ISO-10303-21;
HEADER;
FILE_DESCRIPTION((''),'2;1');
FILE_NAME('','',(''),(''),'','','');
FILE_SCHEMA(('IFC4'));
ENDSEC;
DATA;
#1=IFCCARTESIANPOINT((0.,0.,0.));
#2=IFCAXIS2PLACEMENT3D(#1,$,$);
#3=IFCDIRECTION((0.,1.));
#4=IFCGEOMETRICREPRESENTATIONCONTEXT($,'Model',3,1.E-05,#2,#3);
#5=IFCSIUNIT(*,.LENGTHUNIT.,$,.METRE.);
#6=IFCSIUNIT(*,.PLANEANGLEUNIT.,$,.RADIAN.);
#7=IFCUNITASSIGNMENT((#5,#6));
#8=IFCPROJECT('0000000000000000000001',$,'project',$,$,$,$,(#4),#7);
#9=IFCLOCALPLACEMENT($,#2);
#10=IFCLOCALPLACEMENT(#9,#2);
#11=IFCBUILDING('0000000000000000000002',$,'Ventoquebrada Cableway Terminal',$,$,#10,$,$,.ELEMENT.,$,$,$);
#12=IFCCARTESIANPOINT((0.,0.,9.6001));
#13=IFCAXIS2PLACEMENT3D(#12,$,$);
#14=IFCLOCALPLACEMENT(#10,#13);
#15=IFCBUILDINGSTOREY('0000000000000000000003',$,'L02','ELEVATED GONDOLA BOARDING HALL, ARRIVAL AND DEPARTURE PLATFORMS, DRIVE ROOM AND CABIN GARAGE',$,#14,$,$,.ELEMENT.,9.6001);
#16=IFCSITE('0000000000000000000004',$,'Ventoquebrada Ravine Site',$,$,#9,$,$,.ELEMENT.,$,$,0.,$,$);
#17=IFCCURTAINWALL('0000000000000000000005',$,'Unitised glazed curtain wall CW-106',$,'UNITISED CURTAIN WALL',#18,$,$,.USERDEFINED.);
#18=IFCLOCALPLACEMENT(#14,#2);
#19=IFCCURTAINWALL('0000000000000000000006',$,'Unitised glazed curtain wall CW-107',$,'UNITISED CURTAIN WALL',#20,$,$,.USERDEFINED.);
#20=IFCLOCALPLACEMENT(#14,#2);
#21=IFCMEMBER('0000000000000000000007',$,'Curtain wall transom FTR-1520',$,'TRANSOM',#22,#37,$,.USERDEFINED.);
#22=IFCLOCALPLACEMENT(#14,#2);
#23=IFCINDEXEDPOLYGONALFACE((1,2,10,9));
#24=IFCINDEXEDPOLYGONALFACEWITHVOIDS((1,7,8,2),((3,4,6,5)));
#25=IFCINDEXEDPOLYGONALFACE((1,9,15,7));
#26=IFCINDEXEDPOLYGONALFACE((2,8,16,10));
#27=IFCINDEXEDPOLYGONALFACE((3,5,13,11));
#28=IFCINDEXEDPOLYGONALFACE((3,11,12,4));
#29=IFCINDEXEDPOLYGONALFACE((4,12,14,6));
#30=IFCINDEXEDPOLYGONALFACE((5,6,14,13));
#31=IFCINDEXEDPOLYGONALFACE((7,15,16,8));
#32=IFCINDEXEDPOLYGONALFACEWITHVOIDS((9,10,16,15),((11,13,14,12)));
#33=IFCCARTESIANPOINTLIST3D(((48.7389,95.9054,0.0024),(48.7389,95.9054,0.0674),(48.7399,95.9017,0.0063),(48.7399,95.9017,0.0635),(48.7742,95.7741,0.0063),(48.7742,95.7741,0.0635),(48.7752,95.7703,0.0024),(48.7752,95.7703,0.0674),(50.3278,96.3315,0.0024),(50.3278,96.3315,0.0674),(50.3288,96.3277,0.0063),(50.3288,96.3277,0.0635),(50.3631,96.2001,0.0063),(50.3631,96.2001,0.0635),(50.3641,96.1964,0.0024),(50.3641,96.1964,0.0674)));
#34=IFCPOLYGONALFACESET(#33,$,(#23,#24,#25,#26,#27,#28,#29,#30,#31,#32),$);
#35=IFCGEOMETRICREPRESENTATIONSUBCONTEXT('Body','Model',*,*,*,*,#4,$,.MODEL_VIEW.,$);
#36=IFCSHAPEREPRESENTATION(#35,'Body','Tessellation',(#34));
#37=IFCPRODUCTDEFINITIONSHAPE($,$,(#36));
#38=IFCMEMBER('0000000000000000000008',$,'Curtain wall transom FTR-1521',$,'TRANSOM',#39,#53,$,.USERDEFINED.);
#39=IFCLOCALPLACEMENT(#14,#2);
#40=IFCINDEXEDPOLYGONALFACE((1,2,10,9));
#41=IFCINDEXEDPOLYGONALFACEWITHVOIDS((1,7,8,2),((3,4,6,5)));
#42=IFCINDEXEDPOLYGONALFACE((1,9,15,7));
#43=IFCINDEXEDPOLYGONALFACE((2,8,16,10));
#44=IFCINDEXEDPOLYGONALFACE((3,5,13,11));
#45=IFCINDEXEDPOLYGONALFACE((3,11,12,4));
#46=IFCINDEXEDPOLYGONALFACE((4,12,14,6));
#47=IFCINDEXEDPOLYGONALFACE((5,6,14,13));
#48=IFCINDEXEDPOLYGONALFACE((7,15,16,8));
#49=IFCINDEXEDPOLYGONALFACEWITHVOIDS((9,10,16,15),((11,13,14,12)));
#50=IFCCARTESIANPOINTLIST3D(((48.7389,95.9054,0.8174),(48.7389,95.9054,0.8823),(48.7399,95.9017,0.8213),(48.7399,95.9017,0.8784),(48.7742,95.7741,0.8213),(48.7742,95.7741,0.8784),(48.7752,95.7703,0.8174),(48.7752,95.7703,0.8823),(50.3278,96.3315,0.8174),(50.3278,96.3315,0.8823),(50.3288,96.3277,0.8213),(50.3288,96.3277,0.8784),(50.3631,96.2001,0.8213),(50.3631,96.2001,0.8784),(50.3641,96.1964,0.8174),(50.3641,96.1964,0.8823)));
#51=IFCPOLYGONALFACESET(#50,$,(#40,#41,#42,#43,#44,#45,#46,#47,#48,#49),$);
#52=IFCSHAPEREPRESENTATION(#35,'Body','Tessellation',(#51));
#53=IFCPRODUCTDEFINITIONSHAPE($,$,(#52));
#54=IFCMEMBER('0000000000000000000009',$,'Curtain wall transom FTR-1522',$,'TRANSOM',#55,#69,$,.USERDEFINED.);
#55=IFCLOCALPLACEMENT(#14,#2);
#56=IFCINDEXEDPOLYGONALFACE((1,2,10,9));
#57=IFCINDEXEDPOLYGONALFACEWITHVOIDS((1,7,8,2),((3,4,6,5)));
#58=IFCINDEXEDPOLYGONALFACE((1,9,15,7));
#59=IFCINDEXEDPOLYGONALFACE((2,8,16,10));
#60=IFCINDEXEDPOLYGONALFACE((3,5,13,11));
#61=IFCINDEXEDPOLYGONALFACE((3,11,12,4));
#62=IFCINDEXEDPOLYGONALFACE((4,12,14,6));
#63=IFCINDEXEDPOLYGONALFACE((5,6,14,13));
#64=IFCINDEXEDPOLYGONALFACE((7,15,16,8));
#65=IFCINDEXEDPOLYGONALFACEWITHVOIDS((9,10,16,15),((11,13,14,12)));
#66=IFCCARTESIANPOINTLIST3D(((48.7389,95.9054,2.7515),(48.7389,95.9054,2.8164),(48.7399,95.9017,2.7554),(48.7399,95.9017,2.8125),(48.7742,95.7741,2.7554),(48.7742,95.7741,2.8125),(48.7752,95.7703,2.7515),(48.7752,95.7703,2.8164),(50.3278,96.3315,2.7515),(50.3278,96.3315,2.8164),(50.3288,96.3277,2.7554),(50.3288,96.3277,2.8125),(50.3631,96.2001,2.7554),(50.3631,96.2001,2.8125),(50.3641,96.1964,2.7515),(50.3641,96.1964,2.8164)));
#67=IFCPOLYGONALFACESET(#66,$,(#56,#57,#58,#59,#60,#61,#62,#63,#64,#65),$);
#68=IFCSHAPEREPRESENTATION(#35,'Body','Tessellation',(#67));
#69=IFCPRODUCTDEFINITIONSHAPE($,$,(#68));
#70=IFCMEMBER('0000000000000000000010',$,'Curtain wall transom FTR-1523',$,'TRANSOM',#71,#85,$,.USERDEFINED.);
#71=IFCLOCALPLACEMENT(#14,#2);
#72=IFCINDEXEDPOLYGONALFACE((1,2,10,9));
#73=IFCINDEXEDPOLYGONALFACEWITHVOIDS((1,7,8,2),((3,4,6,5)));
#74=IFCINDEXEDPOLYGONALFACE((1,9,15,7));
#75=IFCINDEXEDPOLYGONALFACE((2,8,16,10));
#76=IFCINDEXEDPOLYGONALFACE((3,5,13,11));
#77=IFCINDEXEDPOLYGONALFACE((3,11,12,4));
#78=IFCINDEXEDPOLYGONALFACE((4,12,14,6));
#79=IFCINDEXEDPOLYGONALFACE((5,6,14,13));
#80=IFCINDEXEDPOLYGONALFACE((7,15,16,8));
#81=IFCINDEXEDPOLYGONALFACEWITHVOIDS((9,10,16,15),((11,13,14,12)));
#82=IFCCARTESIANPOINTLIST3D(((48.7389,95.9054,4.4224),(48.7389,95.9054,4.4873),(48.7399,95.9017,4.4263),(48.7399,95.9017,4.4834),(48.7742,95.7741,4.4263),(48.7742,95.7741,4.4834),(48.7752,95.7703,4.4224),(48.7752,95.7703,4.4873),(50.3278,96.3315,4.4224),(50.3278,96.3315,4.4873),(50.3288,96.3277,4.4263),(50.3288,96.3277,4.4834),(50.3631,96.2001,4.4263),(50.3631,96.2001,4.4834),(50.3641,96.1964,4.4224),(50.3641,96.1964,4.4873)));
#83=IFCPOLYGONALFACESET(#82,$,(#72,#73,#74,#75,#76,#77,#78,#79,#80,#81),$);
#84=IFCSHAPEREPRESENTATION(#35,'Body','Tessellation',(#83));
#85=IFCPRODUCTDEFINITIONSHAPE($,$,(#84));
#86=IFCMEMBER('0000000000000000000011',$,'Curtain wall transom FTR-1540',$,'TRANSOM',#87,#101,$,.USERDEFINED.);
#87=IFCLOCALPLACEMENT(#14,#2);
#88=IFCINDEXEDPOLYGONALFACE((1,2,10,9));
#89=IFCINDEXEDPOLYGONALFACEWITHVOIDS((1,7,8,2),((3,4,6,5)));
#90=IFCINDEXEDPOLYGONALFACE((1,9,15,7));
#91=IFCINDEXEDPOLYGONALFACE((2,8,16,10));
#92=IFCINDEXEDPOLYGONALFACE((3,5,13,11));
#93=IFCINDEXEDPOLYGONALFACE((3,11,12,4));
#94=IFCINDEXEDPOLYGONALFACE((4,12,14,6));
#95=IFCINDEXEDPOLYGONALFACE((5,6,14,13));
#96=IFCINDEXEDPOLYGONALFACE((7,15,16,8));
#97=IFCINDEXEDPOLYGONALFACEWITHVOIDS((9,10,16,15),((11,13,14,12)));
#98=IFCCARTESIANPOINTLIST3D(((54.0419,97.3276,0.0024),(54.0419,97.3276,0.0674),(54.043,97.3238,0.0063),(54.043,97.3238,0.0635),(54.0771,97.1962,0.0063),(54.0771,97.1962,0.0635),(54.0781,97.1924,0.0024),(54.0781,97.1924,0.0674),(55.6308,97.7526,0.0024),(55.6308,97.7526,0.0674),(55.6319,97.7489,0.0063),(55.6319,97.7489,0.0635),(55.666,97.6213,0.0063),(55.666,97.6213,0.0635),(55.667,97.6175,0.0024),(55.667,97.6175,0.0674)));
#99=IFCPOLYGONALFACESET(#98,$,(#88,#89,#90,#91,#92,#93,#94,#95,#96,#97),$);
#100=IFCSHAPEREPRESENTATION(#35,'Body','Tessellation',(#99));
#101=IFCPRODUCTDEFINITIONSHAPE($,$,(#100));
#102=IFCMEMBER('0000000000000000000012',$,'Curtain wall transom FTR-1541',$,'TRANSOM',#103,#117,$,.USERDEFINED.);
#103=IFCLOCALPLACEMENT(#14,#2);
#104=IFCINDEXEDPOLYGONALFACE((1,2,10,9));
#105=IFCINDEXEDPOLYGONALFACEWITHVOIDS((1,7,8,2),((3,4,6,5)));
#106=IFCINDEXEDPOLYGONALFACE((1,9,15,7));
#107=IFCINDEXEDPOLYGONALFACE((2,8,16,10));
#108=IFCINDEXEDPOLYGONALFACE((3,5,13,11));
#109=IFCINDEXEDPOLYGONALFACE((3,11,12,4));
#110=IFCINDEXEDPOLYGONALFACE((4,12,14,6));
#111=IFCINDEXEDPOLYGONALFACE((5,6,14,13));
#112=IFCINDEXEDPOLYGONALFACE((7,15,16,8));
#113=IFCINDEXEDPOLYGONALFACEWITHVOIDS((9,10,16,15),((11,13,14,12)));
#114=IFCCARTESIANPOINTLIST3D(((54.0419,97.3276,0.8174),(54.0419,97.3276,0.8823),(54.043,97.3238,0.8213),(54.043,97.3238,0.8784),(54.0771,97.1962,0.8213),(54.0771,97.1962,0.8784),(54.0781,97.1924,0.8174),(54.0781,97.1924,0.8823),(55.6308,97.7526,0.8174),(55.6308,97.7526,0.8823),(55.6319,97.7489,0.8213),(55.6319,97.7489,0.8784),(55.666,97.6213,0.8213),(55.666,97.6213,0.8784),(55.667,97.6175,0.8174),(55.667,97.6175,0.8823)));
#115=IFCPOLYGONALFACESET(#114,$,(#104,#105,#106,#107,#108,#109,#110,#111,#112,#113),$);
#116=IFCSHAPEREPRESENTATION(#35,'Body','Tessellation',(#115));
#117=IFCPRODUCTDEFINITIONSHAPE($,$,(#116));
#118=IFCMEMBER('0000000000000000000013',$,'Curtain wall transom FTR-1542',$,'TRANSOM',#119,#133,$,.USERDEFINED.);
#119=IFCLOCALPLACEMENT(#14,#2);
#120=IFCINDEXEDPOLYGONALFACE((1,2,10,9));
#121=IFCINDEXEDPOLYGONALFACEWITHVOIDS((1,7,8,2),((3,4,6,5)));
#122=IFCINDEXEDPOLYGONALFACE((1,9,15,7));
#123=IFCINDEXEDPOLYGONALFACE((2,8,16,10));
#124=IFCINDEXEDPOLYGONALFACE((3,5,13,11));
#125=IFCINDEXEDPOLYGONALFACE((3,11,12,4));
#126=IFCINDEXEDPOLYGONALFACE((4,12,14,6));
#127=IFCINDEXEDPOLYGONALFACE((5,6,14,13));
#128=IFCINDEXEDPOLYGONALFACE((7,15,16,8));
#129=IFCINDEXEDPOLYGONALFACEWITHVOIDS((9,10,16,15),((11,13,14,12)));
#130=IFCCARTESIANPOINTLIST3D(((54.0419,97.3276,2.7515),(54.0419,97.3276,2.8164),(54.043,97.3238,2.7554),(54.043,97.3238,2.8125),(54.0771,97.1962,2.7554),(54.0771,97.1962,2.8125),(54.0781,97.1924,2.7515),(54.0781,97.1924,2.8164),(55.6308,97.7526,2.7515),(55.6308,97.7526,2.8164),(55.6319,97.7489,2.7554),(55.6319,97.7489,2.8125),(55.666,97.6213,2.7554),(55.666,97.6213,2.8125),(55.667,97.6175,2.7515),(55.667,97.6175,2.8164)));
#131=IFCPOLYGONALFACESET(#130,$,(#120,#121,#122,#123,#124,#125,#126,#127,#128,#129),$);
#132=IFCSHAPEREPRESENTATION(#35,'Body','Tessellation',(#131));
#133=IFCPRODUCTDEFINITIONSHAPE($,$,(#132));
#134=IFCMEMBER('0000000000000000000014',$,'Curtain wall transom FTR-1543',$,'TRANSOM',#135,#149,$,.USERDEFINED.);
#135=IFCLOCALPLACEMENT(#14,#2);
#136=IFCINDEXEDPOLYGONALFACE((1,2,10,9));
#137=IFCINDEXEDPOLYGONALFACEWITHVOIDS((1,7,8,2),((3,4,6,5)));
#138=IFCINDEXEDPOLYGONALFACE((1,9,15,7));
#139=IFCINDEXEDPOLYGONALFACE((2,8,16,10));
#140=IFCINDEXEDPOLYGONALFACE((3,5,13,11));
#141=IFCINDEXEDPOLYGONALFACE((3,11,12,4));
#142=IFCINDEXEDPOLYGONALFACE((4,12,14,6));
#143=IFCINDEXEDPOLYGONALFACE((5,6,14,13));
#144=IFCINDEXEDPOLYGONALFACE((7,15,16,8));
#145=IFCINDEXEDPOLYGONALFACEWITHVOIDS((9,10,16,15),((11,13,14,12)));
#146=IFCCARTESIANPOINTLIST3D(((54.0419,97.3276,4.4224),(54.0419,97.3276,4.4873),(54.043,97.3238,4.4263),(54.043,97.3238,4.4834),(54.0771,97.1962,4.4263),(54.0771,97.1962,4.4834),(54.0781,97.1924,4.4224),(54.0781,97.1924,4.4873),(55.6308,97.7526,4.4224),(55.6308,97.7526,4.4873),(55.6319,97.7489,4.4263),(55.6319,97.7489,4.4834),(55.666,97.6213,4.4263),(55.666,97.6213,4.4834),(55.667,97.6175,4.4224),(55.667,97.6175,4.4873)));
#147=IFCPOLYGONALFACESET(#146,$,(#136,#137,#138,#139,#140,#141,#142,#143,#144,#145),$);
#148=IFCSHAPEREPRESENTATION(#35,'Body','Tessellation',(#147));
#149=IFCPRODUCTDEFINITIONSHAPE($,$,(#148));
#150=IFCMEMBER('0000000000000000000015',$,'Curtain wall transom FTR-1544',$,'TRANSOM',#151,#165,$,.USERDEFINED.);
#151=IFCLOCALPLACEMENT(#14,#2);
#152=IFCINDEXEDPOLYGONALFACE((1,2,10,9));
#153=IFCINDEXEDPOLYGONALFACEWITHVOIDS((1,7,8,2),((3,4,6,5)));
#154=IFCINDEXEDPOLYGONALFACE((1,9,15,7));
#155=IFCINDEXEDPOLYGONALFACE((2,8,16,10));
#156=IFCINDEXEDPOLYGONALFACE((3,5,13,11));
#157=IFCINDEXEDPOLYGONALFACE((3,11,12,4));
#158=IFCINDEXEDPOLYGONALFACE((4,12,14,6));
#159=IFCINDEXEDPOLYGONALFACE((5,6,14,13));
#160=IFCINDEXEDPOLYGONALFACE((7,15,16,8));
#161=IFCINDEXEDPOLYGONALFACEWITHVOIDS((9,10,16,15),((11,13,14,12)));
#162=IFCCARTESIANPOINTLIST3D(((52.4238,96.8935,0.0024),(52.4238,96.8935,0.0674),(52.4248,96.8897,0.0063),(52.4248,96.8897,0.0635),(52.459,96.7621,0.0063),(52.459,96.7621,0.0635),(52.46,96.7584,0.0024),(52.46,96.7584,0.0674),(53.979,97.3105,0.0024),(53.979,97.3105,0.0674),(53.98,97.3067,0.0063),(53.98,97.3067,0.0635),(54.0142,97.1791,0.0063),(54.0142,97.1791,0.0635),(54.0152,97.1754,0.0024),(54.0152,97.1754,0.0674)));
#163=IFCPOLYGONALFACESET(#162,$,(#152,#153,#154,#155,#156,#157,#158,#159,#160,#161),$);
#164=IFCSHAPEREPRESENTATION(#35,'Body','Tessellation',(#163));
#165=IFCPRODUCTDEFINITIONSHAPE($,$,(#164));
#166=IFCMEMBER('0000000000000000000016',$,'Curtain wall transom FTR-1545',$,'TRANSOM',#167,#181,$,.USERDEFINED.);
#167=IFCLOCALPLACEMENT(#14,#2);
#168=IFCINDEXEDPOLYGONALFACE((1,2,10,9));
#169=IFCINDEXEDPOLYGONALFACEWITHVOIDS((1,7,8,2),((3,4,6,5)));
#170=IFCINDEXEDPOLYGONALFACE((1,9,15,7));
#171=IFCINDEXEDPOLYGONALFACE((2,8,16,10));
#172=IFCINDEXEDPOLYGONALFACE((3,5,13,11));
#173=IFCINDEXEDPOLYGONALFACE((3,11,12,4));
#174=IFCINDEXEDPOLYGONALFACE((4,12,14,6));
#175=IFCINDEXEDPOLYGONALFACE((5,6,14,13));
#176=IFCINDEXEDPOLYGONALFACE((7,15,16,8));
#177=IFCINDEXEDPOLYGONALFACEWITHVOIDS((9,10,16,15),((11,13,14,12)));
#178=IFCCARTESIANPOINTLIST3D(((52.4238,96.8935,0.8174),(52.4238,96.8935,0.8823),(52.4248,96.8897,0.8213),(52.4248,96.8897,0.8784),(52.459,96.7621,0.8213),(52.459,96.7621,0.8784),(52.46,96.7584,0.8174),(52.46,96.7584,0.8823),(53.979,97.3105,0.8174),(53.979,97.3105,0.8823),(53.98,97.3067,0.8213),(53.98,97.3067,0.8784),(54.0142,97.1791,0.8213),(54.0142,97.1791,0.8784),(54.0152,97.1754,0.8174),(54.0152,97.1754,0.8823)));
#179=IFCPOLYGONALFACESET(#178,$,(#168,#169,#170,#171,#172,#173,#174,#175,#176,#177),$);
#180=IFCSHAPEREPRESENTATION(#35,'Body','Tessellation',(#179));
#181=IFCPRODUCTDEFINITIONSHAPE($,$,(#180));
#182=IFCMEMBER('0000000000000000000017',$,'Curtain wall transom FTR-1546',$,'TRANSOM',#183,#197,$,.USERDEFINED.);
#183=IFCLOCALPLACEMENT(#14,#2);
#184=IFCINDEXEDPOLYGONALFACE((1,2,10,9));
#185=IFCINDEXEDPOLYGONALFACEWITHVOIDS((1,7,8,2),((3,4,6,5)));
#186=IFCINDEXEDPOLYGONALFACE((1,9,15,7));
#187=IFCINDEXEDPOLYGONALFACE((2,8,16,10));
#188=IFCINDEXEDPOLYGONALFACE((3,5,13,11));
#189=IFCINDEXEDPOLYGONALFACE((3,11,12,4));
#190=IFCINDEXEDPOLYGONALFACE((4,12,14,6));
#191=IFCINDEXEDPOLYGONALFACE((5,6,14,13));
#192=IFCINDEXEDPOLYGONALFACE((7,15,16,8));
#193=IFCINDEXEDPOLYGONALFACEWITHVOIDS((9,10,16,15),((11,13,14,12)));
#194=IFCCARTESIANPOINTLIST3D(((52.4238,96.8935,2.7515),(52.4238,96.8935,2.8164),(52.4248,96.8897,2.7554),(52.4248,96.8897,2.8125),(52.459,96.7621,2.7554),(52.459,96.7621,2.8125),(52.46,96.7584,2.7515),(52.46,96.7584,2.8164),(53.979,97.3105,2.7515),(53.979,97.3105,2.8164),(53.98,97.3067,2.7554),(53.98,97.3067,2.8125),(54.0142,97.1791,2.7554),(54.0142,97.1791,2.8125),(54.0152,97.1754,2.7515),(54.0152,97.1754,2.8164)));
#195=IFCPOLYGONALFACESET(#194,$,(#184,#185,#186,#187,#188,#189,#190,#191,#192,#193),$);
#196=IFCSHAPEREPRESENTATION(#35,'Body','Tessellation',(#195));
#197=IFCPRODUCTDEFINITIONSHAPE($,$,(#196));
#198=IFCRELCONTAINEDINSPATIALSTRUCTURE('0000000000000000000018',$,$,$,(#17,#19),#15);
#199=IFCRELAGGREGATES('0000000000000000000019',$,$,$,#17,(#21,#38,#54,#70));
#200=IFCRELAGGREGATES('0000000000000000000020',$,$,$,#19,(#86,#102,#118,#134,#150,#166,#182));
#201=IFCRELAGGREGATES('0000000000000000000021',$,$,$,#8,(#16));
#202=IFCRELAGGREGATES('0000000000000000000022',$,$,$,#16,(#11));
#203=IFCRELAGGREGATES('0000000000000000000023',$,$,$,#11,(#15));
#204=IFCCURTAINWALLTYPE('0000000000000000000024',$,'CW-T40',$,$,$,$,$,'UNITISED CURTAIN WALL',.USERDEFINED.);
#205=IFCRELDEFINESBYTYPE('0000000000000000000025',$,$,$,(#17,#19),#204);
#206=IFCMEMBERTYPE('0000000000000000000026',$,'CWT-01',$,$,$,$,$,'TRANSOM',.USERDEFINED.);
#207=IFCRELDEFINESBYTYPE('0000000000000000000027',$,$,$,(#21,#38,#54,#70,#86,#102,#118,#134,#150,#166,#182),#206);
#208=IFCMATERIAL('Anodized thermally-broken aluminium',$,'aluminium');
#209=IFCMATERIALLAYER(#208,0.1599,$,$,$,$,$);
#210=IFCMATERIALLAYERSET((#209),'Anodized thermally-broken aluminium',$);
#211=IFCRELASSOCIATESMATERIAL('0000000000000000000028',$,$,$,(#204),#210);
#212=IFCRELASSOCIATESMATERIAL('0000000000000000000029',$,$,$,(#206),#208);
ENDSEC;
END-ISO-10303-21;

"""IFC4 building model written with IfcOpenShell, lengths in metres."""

from ifc_helpers import new_model, si_unit, direction, frame, origin, origin_2d, place, context, subcontext, project, spatial, hollow_rectangle, extrude, material, layer, layer_set, material_profile, profile_set, type_object, element, aggregate, save


model = new_model("IFC4")

# Units and contexts
model_context = context("Model", 3, precision=1e-05, world=origin(), true_north=direction((0.0, 1.0)))
body_context = subcontext(model_context, "Body", "Model", "MODEL_VIEW")
ifc_project = project(units=[si_unit("LENGTHUNIT", "METRE"), si_unit("PLANEANGLEUNIT", "RADIAN")], contexts=[model_context])

# Site, building, storey
site_placement = place(None, origin())
site = spatial("IfcSite", under=ifc_project, at=site_placement, Name="Ventoquebrada Ravine Site", CompositionType="ELEMENT", RefElevation=0.0)
building_placement = place(site_placement, origin())
building = spatial("IfcBuilding", under=site, at=building_placement, Name="Ventoquebrada Cableway Terminal", CompositionType="ELEMENT")
storey_placement = place(building_placement, frame((0.0, 0.0, 9.6001)))
storey = spatial("IfcBuildingStorey", under=building, at=storey_placement, Name="L02", Description="ELEVATED GONDOLA BOARDING HALL, ARRIVAL AND DEPARTURE PLATFORMS, DRIVE ROOM AND CABIN GARAGE", CompositionType="ELEMENT", Elevation=9.6001)

# Curtain walls
ifc_material_1 = material(Name="Anodized thermally-broken aluminium", Category="aluminium")
ifc_layer_1 = layer(ifc_material_1, 0.1599)
ifc_layer_set_1 = layer_set([ifc_layer_1], Name="Anodized thermally-broken aluminium")
curtain_wall_type = type_object("IfcCurtainWallType", Name="CW-T40", ElementType="UNITISED CURTAIN WALL", PredefinedType="USERDEFINED", material=ifc_layer_set_1)
curtain_wall_1_placement = place(storey_placement, origin())
curtain_wall_1 = element("IfcCurtainWall", 1, at=curtain_wall_1_placement, inside=storey, type_object=curtain_wall_type, Name="Unitised glazed curtain wall CW-106", ObjectType="UNITISED CURTAIN WALL", PredefinedType="USERDEFINED")
curtain_wall_2_placement = place(storey_placement, origin())
curtain_wall_2 = element("IfcCurtainWall", 2, at=curtain_wall_2_placement, inside=storey, type_object=curtain_wall_type, Name="Unitised glazed curtain wall CW-107", ObjectType="UNITISED CURTAIN WALL", PredefinedType="USERDEFINED")

# Members
ifc_material_profile_1 = material_profile(ifc_material_1, hollow_rectangle(XDim=0.0649, YDim=0.1399, WallThickness=0.0039, at=origin_2d()), Name="CW-TRN-65X140")
ifc_profile_set_1 = profile_set([ifc_material_profile_1], Name="Anodized thermally-broken aluminium")
member_type_1 = type_object("IfcMemberType", Name="CWT-01", ElementType="TRANSOM", PredefinedType="USERDEFINED", material=ifc_profile_set_1)
member_1_placement = place(storey_placement, frame((50.3459, 96.2639, 0.0349), z_axis=(-0.965882, -0.258983, 0.0), x_axis=(0.0, 0.0, 1.0)))
member_1 = element("IfcMember", 3, at=member_1_placement, type_object=member_type_1, Name="Curtain wall transom FTR-1520", ObjectType="TRANSOM", PredefinedType="USERDEFINED", context=body_context, shape_type="SweptSolid", body=[
    extrude(hollow_rectangle(XDim=0.0649, YDim=0.1399, WallThickness=0.0039, at=origin_2d()), origin(), (0.0, 0.0, 1.0), 1.645),
])
member_2_placement = place(storey_placement, frame((50.3459, 96.2639, 0.8499), z_axis=(-0.965882, -0.258983, 0.0), x_axis=(0.0, 0.0, 1.0)))
member_2 = element("IfcMember", 4, at=member_2_placement, type_object=member_type_1, Name="Curtain wall transom FTR-1521", ObjectType="TRANSOM", PredefinedType="USERDEFINED", context=body_context, shape_type="SweptSolid", body=[
    extrude(hollow_rectangle(XDim=0.0649, YDim=0.1399, WallThickness=0.0039, at=origin_2d()), origin(), (0.0, 0.0, 1.0), 1.645),
])
member_3_placement = place(storey_placement, frame((50.3459, 96.2639, 2.7839), z_axis=(-0.965882, -0.258983, 0.0), x_axis=(0.0, 0.0, 1.0)))
member_3 = element("IfcMember", 5, at=member_3_placement, type_object=member_type_1, Name="Curtain wall transom FTR-1522", ObjectType="TRANSOM", PredefinedType="USERDEFINED", context=body_context, shape_type="SweptSolid", body=[
    extrude(hollow_rectangle(XDim=0.0649, YDim=0.1399, WallThickness=0.0039, at=origin_2d()), origin(), (0.0, 0.0, 1.0), 1.645),
])
member_4_placement = place(storey_placement, frame((50.3459, 96.2639, 4.4548), z_axis=(-0.965882, -0.258983, 0.0), x_axis=(0.0, 0.0, 1.0)))
member_4 = element("IfcMember", 6, at=member_4_placement, type_object=member_type_1, Name="Curtain wall transom FTR-1523", ObjectType="TRANSOM", PredefinedType="USERDEFINED", context=body_context, shape_type="SweptSolid", body=[
    extrude(hollow_rectangle(XDim=0.0649, YDim=0.1399, WallThickness=0.0039, at=origin_2d()), origin(), (0.0, 0.0, 1.0), 1.645),
])
member_5_placement = place(storey_placement, frame((55.6489, 97.6851, 0.0349), z_axis=(-0.96603, -0.258429, 0.0), x_axis=(0.0, 0.0, 1.0)))
member_5 = element("IfcMember", 7, at=member_5_placement, type_object=member_type_1, Name="Curtain wall transom FTR-1540", ObjectType="TRANSOM", PredefinedType="USERDEFINED", context=body_context, shape_type="SweptSolid", body=[
    extrude(hollow_rectangle(XDim=0.0649, YDim=0.1399, WallThickness=0.0039, at=origin_2d()), origin(), (0.0, 0.0, 1.0), 1.6448),
])
member_6_placement = place(storey_placement, frame((55.6489, 97.6851, 0.8499), z_axis=(-0.96603, -0.258429, 0.0), x_axis=(0.0, 0.0, 1.0)))
member_6 = element("IfcMember", 8, at=member_6_placement, type_object=member_type_1, Name="Curtain wall transom FTR-1541", ObjectType="TRANSOM", PredefinedType="USERDEFINED", context=body_context, shape_type="SweptSolid", body=[
    extrude(hollow_rectangle(XDim=0.0649, YDim=0.1399, WallThickness=0.0039, at=origin_2d()), origin(), (0.0, 0.0, 1.0), 1.6448),
])
member_7_placement = place(storey_placement, frame((55.6489, 97.6851, 2.7839), z_axis=(-0.96603, -0.258429, 0.0), x_axis=(0.0, 0.0, 1.0)))
member_7 = element("IfcMember", 9, at=member_7_placement, type_object=member_type_1, Name="Curtain wall transom FTR-1542", ObjectType="TRANSOM", PredefinedType="USERDEFINED", context=body_context, shape_type="SweptSolid", body=[
    extrude(hollow_rectangle(XDim=0.0649, YDim=0.1399, WallThickness=0.0039, at=origin_2d()), origin(), (0.0, 0.0, 1.0), 1.6448),
])
member_8_placement = place(storey_placement, frame((55.6489, 97.6851, 4.4548), z_axis=(-0.96603, -0.258429, 0.0), x_axis=(0.0, 0.0, 1.0)))
member_8 = element("IfcMember", 10, at=member_8_placement, type_object=member_type_1, Name="Curtain wall transom FTR-1543", ObjectType="TRANSOM", PredefinedType="USERDEFINED", context=body_context, shape_type="SweptSolid", body=[
    extrude(hollow_rectangle(XDim=0.0649, YDim=0.1399, WallThickness=0.0039, at=origin_2d()), origin(), (0.0, 0.0, 1.0), 1.6448),
])
member_9_placement = place(storey_placement, frame((53.9971, 97.2429, 0.0349), z_axis=(-0.965882, -0.258984, 0.0), x_axis=(0.0, 0.0, 1.0)))
member_9 = element("IfcMember", 11, at=member_9_placement, type_object=member_type_1, Name="Curtain wall transom FTR-1544", ObjectType="TRANSOM", PredefinedType="USERDEFINED", context=body_context, shape_type="SweptSolid", body=[
    extrude(hollow_rectangle(XDim=0.0649, YDim=0.1399, WallThickness=0.0039, at=origin_2d()), origin(), (0.0, 0.0, 1.0), 1.6101),
])
member_10_placement = place(storey_placement, frame((53.9971, 97.2429, 0.8499), z_axis=(-0.965882, -0.258984, 0.0), x_axis=(0.0, 0.0, 1.0)))
member_10 = element("IfcMember", 12, at=member_10_placement, type_object=member_type_1, Name="Curtain wall transom FTR-1545", ObjectType="TRANSOM", PredefinedType="USERDEFINED", context=body_context, shape_type="SweptSolid", body=[
    extrude(hollow_rectangle(XDim=0.0649, YDim=0.1399, WallThickness=0.0039, at=origin_2d()), origin(), (0.0, 0.0, 1.0), 1.6101),
])
member_11_placement = place(storey_placement, frame((53.9971, 97.2429, 2.7839), z_axis=(-0.965882, -0.258984, 0.0), x_axis=(0.0, 0.0, 1.0)))
member_11 = element("IfcMember", 13, at=member_11_placement, type_object=member_type_1, Name="Curtain wall transom FTR-1546", ObjectType="TRANSOM", PredefinedType="USERDEFINED", context=body_context, shape_type="SweptSolid", body=[
    extrude(hollow_rectangle(XDim=0.0649, YDim=0.1399, WallThickness=0.0039, at=origin_2d()), origin(), (0.0, 0.0, 1.0), 1.6101),
])

aggregate(curtain_wall_1, [member_1, member_2, member_3, member_4])
aggregate(curtain_wall_2, [member_5, member_6, member_7, member_8, member_9, member_10, member_11])

save(model, "model.ifc")
